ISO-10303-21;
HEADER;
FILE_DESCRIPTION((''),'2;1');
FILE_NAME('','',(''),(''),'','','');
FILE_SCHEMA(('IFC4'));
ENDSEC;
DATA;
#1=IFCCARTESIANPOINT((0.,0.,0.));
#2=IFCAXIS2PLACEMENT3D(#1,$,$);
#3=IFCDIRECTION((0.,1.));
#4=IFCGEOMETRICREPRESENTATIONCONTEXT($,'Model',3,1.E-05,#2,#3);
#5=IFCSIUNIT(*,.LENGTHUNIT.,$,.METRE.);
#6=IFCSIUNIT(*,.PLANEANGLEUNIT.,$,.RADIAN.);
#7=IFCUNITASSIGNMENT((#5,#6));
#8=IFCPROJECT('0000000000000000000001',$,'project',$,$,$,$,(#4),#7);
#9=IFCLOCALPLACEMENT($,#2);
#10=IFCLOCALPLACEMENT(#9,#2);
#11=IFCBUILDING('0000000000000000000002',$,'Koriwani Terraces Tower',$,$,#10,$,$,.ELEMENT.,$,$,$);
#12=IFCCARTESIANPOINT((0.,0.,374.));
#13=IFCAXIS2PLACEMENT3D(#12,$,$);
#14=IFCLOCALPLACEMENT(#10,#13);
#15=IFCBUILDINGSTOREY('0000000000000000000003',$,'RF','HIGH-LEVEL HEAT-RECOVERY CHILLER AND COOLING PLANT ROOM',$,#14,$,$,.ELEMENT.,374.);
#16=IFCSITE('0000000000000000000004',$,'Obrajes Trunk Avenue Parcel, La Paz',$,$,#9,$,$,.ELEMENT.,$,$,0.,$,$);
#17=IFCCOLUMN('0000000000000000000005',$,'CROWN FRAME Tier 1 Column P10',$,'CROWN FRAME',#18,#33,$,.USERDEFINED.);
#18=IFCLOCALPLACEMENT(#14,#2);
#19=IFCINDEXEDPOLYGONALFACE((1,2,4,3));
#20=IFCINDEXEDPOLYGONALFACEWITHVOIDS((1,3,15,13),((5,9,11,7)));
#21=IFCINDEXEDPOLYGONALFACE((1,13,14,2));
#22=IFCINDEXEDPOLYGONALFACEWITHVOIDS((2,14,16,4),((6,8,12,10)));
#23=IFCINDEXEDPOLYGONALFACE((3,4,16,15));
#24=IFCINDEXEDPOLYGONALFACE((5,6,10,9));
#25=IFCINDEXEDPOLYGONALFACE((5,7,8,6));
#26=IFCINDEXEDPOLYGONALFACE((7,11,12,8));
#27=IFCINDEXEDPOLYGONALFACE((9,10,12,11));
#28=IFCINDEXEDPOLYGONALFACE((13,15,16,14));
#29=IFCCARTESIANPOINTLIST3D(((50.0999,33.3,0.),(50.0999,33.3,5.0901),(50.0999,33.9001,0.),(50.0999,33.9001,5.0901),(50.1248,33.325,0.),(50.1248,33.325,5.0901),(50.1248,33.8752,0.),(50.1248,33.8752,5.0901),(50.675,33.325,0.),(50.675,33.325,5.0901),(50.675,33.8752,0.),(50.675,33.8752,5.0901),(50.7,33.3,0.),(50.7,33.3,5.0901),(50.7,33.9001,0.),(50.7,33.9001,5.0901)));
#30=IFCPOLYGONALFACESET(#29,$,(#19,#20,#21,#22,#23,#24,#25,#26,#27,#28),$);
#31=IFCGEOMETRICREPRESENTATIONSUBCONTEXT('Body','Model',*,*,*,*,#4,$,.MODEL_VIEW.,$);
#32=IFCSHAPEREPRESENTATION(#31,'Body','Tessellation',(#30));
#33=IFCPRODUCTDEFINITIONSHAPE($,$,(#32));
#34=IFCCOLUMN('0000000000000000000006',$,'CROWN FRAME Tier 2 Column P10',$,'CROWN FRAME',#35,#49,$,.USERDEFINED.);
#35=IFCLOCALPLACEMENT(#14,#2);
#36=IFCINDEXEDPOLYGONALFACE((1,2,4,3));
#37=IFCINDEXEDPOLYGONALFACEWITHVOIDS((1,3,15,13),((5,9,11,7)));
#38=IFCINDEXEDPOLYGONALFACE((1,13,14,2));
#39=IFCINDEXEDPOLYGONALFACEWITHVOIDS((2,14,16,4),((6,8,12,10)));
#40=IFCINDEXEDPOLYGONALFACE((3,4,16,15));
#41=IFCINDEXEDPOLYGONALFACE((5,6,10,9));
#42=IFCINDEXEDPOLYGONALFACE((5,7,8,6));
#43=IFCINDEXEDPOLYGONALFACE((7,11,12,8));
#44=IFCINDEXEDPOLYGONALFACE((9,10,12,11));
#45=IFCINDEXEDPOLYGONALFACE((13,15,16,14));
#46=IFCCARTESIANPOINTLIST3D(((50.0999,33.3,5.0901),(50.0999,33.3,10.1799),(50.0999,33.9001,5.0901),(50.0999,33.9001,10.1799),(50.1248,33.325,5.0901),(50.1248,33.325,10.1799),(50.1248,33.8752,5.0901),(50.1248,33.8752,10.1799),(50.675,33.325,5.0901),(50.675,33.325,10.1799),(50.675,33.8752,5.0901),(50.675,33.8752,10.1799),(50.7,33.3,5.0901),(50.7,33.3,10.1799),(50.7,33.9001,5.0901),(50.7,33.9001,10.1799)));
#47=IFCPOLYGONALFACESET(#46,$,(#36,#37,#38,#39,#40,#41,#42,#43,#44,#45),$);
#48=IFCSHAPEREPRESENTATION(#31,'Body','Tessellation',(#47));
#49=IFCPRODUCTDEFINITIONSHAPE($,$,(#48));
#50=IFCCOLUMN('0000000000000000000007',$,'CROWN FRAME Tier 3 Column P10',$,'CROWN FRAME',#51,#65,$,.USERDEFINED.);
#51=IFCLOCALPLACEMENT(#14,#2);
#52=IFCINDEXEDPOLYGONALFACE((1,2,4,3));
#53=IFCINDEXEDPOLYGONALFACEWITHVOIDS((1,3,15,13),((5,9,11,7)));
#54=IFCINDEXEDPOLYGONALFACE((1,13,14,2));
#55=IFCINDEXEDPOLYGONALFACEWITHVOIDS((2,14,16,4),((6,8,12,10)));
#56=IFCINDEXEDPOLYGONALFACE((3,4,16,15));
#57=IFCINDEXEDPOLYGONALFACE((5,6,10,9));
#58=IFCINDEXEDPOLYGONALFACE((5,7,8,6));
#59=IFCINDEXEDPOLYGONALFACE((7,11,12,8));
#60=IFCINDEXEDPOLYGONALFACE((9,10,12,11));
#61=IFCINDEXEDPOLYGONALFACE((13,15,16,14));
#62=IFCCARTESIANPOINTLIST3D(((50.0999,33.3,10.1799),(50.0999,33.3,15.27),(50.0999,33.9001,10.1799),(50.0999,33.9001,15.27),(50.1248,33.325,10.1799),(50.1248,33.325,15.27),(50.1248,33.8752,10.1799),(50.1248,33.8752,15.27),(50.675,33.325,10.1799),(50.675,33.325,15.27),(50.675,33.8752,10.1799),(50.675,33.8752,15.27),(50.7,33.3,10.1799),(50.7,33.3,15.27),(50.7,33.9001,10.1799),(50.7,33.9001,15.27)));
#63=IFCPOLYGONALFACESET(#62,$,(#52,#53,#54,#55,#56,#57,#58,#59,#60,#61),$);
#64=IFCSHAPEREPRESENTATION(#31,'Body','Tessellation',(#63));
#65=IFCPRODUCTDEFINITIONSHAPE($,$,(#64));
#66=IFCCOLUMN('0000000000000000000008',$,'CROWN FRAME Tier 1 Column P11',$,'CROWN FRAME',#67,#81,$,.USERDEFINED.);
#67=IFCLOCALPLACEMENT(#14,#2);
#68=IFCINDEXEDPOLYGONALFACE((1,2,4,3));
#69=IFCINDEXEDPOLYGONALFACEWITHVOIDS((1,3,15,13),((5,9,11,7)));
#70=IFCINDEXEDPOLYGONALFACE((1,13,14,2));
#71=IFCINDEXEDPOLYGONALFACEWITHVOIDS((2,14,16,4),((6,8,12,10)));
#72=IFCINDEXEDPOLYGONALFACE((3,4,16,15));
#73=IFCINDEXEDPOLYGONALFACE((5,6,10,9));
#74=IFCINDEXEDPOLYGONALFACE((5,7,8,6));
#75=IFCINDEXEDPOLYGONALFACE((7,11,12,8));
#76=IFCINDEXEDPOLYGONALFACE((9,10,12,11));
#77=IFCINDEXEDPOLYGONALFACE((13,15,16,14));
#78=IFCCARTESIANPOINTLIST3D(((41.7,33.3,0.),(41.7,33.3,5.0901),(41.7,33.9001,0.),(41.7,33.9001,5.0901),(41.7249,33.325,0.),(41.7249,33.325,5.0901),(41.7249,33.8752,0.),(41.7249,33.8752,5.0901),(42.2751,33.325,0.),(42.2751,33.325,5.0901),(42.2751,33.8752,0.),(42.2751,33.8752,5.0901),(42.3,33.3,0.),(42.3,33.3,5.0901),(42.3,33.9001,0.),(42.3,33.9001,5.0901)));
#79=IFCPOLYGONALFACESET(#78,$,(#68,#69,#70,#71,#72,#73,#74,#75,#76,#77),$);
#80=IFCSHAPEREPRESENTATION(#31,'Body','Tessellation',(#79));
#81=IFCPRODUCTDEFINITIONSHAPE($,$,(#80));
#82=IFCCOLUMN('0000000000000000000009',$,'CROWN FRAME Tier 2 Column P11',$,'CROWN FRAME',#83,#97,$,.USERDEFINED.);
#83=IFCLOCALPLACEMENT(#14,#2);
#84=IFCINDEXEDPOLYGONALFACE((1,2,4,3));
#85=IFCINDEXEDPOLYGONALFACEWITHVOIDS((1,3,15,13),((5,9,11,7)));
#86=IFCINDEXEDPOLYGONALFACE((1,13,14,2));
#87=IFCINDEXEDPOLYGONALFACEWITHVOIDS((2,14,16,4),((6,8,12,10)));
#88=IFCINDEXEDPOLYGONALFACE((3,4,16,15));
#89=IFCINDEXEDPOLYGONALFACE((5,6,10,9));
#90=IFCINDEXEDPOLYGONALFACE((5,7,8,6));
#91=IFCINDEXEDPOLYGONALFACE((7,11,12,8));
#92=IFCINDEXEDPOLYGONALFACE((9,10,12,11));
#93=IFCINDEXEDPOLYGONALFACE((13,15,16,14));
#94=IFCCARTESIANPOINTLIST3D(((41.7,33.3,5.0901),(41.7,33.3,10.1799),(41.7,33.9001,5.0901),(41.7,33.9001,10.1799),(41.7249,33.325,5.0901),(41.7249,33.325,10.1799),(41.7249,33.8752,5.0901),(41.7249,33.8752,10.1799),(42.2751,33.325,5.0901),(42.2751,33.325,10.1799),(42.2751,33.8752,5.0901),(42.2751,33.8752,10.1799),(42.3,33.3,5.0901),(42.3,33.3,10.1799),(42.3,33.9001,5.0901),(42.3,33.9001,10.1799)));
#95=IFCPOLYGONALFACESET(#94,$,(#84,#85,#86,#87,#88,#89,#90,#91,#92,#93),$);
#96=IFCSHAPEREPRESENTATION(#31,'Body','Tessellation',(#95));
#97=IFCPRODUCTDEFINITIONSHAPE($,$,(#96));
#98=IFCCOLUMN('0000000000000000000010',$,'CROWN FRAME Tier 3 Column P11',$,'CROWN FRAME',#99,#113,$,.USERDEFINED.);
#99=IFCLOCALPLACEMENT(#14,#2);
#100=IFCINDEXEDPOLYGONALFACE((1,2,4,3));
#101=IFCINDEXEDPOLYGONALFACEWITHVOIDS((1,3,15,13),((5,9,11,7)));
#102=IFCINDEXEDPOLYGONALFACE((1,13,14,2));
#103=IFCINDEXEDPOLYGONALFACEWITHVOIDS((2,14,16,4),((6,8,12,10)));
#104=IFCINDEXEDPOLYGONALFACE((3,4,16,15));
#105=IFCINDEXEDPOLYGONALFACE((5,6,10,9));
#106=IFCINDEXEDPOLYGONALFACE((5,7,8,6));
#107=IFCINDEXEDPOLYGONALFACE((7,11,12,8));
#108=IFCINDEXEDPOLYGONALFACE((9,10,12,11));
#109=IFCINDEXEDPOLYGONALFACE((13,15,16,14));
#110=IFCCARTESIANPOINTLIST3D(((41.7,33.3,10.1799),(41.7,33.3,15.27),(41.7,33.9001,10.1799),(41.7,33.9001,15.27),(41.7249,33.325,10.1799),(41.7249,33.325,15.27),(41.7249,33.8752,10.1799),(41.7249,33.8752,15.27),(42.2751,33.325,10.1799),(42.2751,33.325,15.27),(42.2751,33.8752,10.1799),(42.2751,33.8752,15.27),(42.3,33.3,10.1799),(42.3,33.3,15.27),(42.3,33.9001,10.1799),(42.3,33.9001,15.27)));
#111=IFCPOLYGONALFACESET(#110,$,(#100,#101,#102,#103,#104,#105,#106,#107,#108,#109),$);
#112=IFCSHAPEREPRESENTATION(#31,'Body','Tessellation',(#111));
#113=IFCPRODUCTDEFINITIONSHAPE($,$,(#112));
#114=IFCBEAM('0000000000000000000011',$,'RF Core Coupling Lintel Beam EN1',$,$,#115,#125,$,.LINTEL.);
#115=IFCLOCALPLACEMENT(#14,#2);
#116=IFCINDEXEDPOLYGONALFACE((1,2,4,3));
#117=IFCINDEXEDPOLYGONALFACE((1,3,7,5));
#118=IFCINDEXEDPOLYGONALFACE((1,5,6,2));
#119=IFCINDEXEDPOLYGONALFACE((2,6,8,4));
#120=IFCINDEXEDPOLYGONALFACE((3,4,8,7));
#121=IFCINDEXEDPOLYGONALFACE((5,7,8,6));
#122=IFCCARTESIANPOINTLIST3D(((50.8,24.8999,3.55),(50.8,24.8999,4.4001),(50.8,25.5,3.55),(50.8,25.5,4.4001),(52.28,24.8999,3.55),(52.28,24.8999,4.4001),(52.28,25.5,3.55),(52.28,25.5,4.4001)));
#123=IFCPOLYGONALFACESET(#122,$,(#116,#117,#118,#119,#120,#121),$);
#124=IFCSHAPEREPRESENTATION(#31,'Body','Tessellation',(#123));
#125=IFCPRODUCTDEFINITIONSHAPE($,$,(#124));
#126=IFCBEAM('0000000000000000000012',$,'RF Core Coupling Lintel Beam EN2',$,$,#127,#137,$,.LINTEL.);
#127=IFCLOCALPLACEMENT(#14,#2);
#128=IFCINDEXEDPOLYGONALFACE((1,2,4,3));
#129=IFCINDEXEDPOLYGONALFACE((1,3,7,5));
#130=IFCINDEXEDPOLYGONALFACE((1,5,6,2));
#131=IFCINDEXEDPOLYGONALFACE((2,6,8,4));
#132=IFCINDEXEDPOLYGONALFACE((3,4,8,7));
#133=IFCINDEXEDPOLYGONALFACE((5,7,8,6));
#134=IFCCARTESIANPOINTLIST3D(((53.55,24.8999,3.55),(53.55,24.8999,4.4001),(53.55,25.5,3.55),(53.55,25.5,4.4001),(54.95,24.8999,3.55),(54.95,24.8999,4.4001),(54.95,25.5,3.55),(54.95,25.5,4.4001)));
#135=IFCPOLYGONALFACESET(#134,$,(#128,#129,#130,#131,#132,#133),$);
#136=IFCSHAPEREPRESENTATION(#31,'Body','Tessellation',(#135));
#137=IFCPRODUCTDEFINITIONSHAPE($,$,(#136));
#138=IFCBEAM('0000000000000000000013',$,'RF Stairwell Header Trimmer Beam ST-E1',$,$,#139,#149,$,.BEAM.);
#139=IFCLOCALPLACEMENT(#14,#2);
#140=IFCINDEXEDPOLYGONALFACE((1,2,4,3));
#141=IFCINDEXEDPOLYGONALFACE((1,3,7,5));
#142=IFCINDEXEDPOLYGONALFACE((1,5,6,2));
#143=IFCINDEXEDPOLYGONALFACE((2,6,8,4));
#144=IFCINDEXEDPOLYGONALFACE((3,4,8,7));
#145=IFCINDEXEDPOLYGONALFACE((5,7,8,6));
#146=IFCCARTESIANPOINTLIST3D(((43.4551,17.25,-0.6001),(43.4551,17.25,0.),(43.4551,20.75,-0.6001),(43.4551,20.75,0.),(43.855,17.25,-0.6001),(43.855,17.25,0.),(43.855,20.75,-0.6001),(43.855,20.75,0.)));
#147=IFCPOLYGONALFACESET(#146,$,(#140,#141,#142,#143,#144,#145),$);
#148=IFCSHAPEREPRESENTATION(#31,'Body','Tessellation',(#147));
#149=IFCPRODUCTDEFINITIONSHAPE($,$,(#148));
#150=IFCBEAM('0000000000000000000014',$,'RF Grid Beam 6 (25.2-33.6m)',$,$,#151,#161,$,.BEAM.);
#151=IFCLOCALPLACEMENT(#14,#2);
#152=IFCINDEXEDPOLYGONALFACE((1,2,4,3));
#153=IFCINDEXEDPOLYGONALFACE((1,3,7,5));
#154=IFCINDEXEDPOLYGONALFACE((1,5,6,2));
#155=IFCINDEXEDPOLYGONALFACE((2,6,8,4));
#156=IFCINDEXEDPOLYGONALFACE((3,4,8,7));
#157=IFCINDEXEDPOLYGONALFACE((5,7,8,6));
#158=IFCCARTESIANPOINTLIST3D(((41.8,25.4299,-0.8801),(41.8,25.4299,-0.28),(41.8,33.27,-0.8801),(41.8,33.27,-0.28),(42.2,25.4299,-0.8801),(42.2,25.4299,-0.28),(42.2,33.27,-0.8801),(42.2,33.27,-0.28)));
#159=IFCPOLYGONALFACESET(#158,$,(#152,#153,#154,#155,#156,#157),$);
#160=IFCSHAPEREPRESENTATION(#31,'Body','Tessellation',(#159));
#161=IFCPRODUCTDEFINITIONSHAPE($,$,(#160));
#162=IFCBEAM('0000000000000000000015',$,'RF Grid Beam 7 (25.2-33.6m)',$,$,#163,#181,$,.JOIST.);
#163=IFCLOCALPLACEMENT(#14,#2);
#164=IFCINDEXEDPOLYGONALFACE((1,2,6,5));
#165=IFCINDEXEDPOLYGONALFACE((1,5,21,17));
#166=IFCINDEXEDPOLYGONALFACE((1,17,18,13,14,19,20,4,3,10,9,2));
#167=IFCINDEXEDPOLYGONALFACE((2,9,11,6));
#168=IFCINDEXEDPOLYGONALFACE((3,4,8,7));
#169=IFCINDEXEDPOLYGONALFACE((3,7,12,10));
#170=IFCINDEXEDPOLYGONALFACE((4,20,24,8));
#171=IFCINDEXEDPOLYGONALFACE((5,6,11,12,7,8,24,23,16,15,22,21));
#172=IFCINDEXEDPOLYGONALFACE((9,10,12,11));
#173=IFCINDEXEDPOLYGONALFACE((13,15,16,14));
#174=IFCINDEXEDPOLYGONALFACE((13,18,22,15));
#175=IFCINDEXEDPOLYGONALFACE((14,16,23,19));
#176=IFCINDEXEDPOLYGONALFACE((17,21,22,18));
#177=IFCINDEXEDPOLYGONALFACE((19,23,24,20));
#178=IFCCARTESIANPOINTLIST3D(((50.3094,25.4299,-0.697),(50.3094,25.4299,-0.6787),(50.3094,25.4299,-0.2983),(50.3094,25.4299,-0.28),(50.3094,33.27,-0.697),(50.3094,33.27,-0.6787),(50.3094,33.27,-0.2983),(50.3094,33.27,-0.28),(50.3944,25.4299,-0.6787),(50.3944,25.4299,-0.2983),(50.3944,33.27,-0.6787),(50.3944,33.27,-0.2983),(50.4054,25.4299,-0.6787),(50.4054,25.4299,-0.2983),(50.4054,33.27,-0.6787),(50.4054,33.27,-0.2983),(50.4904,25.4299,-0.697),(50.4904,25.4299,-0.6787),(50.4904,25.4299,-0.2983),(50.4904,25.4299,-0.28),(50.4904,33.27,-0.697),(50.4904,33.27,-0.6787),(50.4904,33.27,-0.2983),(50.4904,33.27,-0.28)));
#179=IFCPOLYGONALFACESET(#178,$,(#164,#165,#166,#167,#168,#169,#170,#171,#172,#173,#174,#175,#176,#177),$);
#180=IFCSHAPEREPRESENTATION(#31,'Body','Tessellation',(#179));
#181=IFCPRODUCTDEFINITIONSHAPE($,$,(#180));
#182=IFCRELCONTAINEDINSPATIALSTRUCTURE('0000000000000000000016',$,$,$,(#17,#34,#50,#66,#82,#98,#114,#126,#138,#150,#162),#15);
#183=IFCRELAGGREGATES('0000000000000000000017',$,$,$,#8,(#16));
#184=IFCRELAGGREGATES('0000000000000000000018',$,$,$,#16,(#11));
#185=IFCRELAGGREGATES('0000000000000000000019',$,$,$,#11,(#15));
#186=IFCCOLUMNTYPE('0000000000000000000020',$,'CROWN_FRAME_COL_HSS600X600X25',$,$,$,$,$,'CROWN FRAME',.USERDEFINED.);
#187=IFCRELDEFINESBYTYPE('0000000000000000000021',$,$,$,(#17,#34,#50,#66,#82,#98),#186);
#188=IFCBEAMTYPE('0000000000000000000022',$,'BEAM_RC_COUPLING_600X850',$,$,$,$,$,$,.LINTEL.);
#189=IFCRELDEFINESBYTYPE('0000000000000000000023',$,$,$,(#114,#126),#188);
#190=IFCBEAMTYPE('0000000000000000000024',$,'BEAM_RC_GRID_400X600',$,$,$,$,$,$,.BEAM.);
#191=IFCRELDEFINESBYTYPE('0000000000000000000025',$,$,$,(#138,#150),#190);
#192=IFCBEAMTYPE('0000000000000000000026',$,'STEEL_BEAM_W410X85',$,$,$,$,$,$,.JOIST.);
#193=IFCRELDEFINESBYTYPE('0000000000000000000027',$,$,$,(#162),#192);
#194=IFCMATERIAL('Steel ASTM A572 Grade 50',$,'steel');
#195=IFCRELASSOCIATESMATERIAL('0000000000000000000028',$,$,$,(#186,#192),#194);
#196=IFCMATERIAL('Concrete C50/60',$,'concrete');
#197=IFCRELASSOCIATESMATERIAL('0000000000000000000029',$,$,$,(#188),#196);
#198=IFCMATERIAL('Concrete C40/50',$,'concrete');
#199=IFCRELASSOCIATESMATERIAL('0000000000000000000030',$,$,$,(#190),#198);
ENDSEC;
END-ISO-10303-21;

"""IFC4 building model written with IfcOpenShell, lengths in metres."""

from ifc_helpers import new_model, si_unit, direction, frame, origin, origin_2d, place, context, subcontext, project, spatial, rectangle, hollow_rectangle, i_section, extrude, material, material_profile, profile_set, type_object, element, save


model = new_model("IFC4")

# Units and contexts
model_context = context("Model", 3, precision=1e-05, world=origin(), true_north=direction((0.0, 1.0)))
body_context = subcontext(model_context, "Body", "Model", "MODEL_VIEW")
ifc_project = project(units=[si_unit("LENGTHUNIT", "METRE"), si_unit("PLANEANGLEUNIT", "RADIAN")], contexts=[model_context])

# Site, building, storey
site_placement = place(None, origin())
site = spatial("IfcSite", under=ifc_project, at=site_placement, Name="Obrajes Trunk Avenue Parcel, La Paz", CompositionType="ELEMENT", RefElevation=0.0)
building_placement = place(site_placement, origin())
building = spatial("IfcBuilding", under=site, at=building_placement, Name="Koriwani Terraces Tower", CompositionType="ELEMENT")
storey_placement = place(building_placement, frame((0.0, 0.0, 374.0)))
storey = spatial("IfcBuildingStorey", under=building, at=storey_placement, Name="RF", Description="HIGH-LEVEL HEAT-RECOVERY CHILLER AND COOLING PLANT ROOM", CompositionType="ELEMENT", Elevation=374.0)

# Columns
ifc_material_1 = material(Name="Steel ASTM A572 Grade 50", Category="steel")
ifc_material_profile_1 = material_profile(ifc_material_1, hollow_rectangle(XDim=0.6001, YDim=0.6001, WallThickness=0.0249, at=origin_2d()), Name="Steel ASTM A572 Grade 50", Category="LoadBearing")
ifc_profile_set_1 = profile_set([ifc_material_profile_1], Name="Steel ASTM A572 Grade 50")
column_type = type_object("IfcColumnType", Name="CROWN_FRAME_COL_HSS600X600X25", ElementType="CROWN FRAME", PredefinedType="USERDEFINED", material=ifc_profile_set_1)
column_1_placement = place(storey_placement, frame((50.3999, 33.6001, 0.0), z_axis=(0.0, 0.0, 1.0), x_axis=(1.0, 0.0, 0.0)))
element("IfcColumn", 1, at=column_1_placement, inside=storey, type_object=column_type, Name="CROWN FRAME Tier 1 Column P10", ObjectType="CROWN FRAME", PredefinedType="USERDEFINED", context=body_context, shape_type="SweptSolid", body=[
    extrude(hollow_rectangle(XDim=0.6001, YDim=0.6001, WallThickness=0.0249, at=origin_2d()), origin(), (0.0, 0.0, 1.0), 5.0901),
])
column_2_placement = place(storey_placement, frame((50.3999, 33.6001, 5.0901), z_axis=(0.0, 0.0, 1.0), x_axis=(1.0, 0.0, 0.0)))
element("IfcColumn", 2, at=column_2_placement, inside=storey, type_object=column_type, Name="CROWN FRAME Tier 2 Column P10", ObjectType="CROWN FRAME", PredefinedType="USERDEFINED", context=body_context, shape_type="SweptSolid", body=[
    extrude(hollow_rectangle(XDim=0.6001, YDim=0.6001, WallThickness=0.0249, at=origin_2d()), origin(), (0.0, 0.0, 1.0), 5.0898),
])
for number, where, z_axis, x_axis, name in (
    (3, (50.3999, 33.6001, 10.1799), (0.0, 0.0, 1.0), (1.0, 0.0, 0.0), "CROWN FRAME Tier 3 Column P10"),
    (4, (42.0, 33.6001, 0.0), (0.0, 0.0, 1.0), (1.0, 0.0, 0.0), "CROWN FRAME Tier 1 Column P11"),
):
    element("IfcColumn", number, at=place(storey_placement, frame(where, z_axis=z_axis, x_axis=x_axis)), inside=storey, type_object=column_type, Name=name, ObjectType="CROWN FRAME", PredefinedType="USERDEFINED", context=body_context, shape_type="SweptSolid", body=[
        extrude(hollow_rectangle(XDim=0.6001, YDim=0.6001, WallThickness=0.0249, at=origin_2d()), origin(), (0.0, 0.0, 1.0), 5.0901),
    ])
column_3_placement = place(storey_placement, frame((42.0, 33.6001, 5.0901), z_axis=(0.0, 0.0, 1.0), x_axis=(1.0, 0.0, 0.0)))
element("IfcColumn", 5, at=column_3_placement, inside=storey, type_object=column_type, Name="CROWN FRAME Tier 2 Column P11", ObjectType="CROWN FRAME", PredefinedType="USERDEFINED", context=body_context, shape_type="SweptSolid", body=[
    extrude(hollow_rectangle(XDim=0.6001, YDim=0.6001, WallThickness=0.0249, at=origin_2d()), origin(), (0.0, 0.0, 1.0), 5.0898),
])
column_4_placement = place(storey_placement, frame((42.0, 33.6001, 10.1799), z_axis=(0.0, 0.0, 1.0), x_axis=(1.0, 0.0, 0.0)))
element("IfcColumn", 6, at=column_4_placement, inside=storey, type_object=column_type, Name="CROWN FRAME Tier 3 Column P11", ObjectType="CROWN FRAME", PredefinedType="USERDEFINED", context=body_context, shape_type="SweptSolid", body=[
    extrude(hollow_rectangle(XDim=0.6001, YDim=0.6001, WallThickness=0.0249, at=origin_2d()), origin(), (0.0, 0.0, 1.0), 5.0901),
])

# Beams
ifc_material_2 = material(Name="Concrete C50/60", Category="concrete")
ifc_material_profile_2 = material_profile(ifc_material_2, rectangle(XDim=0.6001, YDim=0.8501, at=origin_2d()), Name="Concrete C50/60", Category="LoadBearing")
ifc_profile_set_2 = profile_set([ifc_material_profile_2], Name="Concrete C50/60")
beam_type_1 = type_object("IfcBeamType", Name="BEAM_RC_COUPLING_600X850", PredefinedType="LINTEL", material=ifc_profile_set_2)
beam_1_placement = place(storey_placement, frame((50.8, 25.2, 3.9751), z_axis=(1.0, 0.0, 0.0), x_axis=(0.0, 1.0, 0.0)))
element("IfcBeam", 7, at=beam_1_placement, inside=storey, type_object=beam_type_1, Name="RF Core Coupling Lintel Beam EN1", PredefinedType="LINTEL", context=body_context, shape_type="SweptSolid", body=[
    extrude(rectangle(XDim=0.6001, YDim=0.8501, at=origin_2d()), origin(), (0.0, 0.0, 1.0), 1.48),
])
beam_2_placement = place(storey_placement, frame((53.55, 25.2, 3.9751), z_axis=(1.0, 0.0, 0.0), x_axis=(0.0, 1.0, 0.0)))
element("IfcBeam", 8, at=beam_2_placement, inside=storey, type_object=beam_type_1, Name="RF Core Coupling Lintel Beam EN2", PredefinedType="LINTEL", context=body_context, shape_type="SweptSolid", body=[
    extrude(rectangle(XDim=0.6001, YDim=0.8501, at=origin_2d()), origin(), (0.0, 0.0, 1.0), 1.3999),
])
ifc_material_3 = material(Name="Concrete C40/50", Category="concrete")
ifc_material_profile_3 = material_profile(ifc_material_3, rectangle(XDim=0.3999, YDim=0.6001, at=origin_2d()), Name="Concrete C40/50", Category="LoadBearing")
ifc_profile_set_3 = profile_set([ifc_material_profile_3], Name="Concrete C40/50")
beam_type_2 = type_object("IfcBeamType", Name="BEAM_RC_GRID_400X600", PredefinedType="BEAM", material=ifc_profile_set_3)
beam_3_placement = place(storey_placement, frame((43.655, 17.25, -0.3), z_axis=(0.0, 1.0, 0.0), x_axis=(-1.0, 0.0, 0.0)))
element("IfcBeam", 9, at=beam_3_placement, inside=storey, type_object=beam_type_2, Name="RF Stairwell Header Trimmer Beam ST-E1", PredefinedType="BEAM", context=body_context, shape_type="SweptSolid", body=[
    extrude(rectangle(XDim=0.3999, YDim=0.6001, at=origin_2d()), origin(), (0.0, 0.0, 1.0), 3.5),
])
beam_4_placement = place(storey_placement, frame((42.0, 25.4299, -0.5801), z_axis=(0.0, 1.0, 0.0), x_axis=(-1.0, 0.0, 0.0)))
element("IfcBeam", 10, at=beam_4_placement, inside=storey, type_object=beam_type_2, Name="RF Grid Beam 6 (25.2-33.6m)", PredefinedType="BEAM", context=body_context, shape_type="SweptSolid", body=[
    extrude(rectangle(XDim=0.3999, YDim=0.6001, at=origin_2d()), origin(), (0.0, 0.0, 1.0), 7.8401),
])
ifc_material_profile_4 = material_profile(ifc_material_1, i_section(OverallWidth=0.1809, OverallDepth=0.417, WebThickness=0.011, FlangeThickness=0.0183, at=origin_2d()), Name="Steel ASTM A572 Grade 50", Category="LoadBearing")
ifc_profile_set_4 = profile_set([ifc_material_profile_4], Name="Steel ASTM A572 Grade 50")
beam_type_3 = type_object("IfcBeamType", Name="STEEL_BEAM_W410X85", PredefinedType="JOIST", material=ifc_profile_set_4)
beam_5_placement = place(storey_placement, frame((50.3999, 25.4299, -0.4885), z_axis=(0.0, 1.0, 0.0), x_axis=(-1.0, 0.0, 0.0)))
element("IfcBeam", 11, at=beam_5_placement, inside=storey, type_object=beam_type_3, Name="RF Grid Beam 7 (25.2-33.6m)", PredefinedType="JOIST", context=body_context, shape_type="SweptSolid", body=[
    extrude(i_section(OverallWidth=0.1809, OverallDepth=0.417, WebThickness=0.011, FlangeThickness=0.0183, at=origin_2d()), origin(), (0.0, 0.0, 1.0), 7.8401),
])

save(model, "model.ifc")
